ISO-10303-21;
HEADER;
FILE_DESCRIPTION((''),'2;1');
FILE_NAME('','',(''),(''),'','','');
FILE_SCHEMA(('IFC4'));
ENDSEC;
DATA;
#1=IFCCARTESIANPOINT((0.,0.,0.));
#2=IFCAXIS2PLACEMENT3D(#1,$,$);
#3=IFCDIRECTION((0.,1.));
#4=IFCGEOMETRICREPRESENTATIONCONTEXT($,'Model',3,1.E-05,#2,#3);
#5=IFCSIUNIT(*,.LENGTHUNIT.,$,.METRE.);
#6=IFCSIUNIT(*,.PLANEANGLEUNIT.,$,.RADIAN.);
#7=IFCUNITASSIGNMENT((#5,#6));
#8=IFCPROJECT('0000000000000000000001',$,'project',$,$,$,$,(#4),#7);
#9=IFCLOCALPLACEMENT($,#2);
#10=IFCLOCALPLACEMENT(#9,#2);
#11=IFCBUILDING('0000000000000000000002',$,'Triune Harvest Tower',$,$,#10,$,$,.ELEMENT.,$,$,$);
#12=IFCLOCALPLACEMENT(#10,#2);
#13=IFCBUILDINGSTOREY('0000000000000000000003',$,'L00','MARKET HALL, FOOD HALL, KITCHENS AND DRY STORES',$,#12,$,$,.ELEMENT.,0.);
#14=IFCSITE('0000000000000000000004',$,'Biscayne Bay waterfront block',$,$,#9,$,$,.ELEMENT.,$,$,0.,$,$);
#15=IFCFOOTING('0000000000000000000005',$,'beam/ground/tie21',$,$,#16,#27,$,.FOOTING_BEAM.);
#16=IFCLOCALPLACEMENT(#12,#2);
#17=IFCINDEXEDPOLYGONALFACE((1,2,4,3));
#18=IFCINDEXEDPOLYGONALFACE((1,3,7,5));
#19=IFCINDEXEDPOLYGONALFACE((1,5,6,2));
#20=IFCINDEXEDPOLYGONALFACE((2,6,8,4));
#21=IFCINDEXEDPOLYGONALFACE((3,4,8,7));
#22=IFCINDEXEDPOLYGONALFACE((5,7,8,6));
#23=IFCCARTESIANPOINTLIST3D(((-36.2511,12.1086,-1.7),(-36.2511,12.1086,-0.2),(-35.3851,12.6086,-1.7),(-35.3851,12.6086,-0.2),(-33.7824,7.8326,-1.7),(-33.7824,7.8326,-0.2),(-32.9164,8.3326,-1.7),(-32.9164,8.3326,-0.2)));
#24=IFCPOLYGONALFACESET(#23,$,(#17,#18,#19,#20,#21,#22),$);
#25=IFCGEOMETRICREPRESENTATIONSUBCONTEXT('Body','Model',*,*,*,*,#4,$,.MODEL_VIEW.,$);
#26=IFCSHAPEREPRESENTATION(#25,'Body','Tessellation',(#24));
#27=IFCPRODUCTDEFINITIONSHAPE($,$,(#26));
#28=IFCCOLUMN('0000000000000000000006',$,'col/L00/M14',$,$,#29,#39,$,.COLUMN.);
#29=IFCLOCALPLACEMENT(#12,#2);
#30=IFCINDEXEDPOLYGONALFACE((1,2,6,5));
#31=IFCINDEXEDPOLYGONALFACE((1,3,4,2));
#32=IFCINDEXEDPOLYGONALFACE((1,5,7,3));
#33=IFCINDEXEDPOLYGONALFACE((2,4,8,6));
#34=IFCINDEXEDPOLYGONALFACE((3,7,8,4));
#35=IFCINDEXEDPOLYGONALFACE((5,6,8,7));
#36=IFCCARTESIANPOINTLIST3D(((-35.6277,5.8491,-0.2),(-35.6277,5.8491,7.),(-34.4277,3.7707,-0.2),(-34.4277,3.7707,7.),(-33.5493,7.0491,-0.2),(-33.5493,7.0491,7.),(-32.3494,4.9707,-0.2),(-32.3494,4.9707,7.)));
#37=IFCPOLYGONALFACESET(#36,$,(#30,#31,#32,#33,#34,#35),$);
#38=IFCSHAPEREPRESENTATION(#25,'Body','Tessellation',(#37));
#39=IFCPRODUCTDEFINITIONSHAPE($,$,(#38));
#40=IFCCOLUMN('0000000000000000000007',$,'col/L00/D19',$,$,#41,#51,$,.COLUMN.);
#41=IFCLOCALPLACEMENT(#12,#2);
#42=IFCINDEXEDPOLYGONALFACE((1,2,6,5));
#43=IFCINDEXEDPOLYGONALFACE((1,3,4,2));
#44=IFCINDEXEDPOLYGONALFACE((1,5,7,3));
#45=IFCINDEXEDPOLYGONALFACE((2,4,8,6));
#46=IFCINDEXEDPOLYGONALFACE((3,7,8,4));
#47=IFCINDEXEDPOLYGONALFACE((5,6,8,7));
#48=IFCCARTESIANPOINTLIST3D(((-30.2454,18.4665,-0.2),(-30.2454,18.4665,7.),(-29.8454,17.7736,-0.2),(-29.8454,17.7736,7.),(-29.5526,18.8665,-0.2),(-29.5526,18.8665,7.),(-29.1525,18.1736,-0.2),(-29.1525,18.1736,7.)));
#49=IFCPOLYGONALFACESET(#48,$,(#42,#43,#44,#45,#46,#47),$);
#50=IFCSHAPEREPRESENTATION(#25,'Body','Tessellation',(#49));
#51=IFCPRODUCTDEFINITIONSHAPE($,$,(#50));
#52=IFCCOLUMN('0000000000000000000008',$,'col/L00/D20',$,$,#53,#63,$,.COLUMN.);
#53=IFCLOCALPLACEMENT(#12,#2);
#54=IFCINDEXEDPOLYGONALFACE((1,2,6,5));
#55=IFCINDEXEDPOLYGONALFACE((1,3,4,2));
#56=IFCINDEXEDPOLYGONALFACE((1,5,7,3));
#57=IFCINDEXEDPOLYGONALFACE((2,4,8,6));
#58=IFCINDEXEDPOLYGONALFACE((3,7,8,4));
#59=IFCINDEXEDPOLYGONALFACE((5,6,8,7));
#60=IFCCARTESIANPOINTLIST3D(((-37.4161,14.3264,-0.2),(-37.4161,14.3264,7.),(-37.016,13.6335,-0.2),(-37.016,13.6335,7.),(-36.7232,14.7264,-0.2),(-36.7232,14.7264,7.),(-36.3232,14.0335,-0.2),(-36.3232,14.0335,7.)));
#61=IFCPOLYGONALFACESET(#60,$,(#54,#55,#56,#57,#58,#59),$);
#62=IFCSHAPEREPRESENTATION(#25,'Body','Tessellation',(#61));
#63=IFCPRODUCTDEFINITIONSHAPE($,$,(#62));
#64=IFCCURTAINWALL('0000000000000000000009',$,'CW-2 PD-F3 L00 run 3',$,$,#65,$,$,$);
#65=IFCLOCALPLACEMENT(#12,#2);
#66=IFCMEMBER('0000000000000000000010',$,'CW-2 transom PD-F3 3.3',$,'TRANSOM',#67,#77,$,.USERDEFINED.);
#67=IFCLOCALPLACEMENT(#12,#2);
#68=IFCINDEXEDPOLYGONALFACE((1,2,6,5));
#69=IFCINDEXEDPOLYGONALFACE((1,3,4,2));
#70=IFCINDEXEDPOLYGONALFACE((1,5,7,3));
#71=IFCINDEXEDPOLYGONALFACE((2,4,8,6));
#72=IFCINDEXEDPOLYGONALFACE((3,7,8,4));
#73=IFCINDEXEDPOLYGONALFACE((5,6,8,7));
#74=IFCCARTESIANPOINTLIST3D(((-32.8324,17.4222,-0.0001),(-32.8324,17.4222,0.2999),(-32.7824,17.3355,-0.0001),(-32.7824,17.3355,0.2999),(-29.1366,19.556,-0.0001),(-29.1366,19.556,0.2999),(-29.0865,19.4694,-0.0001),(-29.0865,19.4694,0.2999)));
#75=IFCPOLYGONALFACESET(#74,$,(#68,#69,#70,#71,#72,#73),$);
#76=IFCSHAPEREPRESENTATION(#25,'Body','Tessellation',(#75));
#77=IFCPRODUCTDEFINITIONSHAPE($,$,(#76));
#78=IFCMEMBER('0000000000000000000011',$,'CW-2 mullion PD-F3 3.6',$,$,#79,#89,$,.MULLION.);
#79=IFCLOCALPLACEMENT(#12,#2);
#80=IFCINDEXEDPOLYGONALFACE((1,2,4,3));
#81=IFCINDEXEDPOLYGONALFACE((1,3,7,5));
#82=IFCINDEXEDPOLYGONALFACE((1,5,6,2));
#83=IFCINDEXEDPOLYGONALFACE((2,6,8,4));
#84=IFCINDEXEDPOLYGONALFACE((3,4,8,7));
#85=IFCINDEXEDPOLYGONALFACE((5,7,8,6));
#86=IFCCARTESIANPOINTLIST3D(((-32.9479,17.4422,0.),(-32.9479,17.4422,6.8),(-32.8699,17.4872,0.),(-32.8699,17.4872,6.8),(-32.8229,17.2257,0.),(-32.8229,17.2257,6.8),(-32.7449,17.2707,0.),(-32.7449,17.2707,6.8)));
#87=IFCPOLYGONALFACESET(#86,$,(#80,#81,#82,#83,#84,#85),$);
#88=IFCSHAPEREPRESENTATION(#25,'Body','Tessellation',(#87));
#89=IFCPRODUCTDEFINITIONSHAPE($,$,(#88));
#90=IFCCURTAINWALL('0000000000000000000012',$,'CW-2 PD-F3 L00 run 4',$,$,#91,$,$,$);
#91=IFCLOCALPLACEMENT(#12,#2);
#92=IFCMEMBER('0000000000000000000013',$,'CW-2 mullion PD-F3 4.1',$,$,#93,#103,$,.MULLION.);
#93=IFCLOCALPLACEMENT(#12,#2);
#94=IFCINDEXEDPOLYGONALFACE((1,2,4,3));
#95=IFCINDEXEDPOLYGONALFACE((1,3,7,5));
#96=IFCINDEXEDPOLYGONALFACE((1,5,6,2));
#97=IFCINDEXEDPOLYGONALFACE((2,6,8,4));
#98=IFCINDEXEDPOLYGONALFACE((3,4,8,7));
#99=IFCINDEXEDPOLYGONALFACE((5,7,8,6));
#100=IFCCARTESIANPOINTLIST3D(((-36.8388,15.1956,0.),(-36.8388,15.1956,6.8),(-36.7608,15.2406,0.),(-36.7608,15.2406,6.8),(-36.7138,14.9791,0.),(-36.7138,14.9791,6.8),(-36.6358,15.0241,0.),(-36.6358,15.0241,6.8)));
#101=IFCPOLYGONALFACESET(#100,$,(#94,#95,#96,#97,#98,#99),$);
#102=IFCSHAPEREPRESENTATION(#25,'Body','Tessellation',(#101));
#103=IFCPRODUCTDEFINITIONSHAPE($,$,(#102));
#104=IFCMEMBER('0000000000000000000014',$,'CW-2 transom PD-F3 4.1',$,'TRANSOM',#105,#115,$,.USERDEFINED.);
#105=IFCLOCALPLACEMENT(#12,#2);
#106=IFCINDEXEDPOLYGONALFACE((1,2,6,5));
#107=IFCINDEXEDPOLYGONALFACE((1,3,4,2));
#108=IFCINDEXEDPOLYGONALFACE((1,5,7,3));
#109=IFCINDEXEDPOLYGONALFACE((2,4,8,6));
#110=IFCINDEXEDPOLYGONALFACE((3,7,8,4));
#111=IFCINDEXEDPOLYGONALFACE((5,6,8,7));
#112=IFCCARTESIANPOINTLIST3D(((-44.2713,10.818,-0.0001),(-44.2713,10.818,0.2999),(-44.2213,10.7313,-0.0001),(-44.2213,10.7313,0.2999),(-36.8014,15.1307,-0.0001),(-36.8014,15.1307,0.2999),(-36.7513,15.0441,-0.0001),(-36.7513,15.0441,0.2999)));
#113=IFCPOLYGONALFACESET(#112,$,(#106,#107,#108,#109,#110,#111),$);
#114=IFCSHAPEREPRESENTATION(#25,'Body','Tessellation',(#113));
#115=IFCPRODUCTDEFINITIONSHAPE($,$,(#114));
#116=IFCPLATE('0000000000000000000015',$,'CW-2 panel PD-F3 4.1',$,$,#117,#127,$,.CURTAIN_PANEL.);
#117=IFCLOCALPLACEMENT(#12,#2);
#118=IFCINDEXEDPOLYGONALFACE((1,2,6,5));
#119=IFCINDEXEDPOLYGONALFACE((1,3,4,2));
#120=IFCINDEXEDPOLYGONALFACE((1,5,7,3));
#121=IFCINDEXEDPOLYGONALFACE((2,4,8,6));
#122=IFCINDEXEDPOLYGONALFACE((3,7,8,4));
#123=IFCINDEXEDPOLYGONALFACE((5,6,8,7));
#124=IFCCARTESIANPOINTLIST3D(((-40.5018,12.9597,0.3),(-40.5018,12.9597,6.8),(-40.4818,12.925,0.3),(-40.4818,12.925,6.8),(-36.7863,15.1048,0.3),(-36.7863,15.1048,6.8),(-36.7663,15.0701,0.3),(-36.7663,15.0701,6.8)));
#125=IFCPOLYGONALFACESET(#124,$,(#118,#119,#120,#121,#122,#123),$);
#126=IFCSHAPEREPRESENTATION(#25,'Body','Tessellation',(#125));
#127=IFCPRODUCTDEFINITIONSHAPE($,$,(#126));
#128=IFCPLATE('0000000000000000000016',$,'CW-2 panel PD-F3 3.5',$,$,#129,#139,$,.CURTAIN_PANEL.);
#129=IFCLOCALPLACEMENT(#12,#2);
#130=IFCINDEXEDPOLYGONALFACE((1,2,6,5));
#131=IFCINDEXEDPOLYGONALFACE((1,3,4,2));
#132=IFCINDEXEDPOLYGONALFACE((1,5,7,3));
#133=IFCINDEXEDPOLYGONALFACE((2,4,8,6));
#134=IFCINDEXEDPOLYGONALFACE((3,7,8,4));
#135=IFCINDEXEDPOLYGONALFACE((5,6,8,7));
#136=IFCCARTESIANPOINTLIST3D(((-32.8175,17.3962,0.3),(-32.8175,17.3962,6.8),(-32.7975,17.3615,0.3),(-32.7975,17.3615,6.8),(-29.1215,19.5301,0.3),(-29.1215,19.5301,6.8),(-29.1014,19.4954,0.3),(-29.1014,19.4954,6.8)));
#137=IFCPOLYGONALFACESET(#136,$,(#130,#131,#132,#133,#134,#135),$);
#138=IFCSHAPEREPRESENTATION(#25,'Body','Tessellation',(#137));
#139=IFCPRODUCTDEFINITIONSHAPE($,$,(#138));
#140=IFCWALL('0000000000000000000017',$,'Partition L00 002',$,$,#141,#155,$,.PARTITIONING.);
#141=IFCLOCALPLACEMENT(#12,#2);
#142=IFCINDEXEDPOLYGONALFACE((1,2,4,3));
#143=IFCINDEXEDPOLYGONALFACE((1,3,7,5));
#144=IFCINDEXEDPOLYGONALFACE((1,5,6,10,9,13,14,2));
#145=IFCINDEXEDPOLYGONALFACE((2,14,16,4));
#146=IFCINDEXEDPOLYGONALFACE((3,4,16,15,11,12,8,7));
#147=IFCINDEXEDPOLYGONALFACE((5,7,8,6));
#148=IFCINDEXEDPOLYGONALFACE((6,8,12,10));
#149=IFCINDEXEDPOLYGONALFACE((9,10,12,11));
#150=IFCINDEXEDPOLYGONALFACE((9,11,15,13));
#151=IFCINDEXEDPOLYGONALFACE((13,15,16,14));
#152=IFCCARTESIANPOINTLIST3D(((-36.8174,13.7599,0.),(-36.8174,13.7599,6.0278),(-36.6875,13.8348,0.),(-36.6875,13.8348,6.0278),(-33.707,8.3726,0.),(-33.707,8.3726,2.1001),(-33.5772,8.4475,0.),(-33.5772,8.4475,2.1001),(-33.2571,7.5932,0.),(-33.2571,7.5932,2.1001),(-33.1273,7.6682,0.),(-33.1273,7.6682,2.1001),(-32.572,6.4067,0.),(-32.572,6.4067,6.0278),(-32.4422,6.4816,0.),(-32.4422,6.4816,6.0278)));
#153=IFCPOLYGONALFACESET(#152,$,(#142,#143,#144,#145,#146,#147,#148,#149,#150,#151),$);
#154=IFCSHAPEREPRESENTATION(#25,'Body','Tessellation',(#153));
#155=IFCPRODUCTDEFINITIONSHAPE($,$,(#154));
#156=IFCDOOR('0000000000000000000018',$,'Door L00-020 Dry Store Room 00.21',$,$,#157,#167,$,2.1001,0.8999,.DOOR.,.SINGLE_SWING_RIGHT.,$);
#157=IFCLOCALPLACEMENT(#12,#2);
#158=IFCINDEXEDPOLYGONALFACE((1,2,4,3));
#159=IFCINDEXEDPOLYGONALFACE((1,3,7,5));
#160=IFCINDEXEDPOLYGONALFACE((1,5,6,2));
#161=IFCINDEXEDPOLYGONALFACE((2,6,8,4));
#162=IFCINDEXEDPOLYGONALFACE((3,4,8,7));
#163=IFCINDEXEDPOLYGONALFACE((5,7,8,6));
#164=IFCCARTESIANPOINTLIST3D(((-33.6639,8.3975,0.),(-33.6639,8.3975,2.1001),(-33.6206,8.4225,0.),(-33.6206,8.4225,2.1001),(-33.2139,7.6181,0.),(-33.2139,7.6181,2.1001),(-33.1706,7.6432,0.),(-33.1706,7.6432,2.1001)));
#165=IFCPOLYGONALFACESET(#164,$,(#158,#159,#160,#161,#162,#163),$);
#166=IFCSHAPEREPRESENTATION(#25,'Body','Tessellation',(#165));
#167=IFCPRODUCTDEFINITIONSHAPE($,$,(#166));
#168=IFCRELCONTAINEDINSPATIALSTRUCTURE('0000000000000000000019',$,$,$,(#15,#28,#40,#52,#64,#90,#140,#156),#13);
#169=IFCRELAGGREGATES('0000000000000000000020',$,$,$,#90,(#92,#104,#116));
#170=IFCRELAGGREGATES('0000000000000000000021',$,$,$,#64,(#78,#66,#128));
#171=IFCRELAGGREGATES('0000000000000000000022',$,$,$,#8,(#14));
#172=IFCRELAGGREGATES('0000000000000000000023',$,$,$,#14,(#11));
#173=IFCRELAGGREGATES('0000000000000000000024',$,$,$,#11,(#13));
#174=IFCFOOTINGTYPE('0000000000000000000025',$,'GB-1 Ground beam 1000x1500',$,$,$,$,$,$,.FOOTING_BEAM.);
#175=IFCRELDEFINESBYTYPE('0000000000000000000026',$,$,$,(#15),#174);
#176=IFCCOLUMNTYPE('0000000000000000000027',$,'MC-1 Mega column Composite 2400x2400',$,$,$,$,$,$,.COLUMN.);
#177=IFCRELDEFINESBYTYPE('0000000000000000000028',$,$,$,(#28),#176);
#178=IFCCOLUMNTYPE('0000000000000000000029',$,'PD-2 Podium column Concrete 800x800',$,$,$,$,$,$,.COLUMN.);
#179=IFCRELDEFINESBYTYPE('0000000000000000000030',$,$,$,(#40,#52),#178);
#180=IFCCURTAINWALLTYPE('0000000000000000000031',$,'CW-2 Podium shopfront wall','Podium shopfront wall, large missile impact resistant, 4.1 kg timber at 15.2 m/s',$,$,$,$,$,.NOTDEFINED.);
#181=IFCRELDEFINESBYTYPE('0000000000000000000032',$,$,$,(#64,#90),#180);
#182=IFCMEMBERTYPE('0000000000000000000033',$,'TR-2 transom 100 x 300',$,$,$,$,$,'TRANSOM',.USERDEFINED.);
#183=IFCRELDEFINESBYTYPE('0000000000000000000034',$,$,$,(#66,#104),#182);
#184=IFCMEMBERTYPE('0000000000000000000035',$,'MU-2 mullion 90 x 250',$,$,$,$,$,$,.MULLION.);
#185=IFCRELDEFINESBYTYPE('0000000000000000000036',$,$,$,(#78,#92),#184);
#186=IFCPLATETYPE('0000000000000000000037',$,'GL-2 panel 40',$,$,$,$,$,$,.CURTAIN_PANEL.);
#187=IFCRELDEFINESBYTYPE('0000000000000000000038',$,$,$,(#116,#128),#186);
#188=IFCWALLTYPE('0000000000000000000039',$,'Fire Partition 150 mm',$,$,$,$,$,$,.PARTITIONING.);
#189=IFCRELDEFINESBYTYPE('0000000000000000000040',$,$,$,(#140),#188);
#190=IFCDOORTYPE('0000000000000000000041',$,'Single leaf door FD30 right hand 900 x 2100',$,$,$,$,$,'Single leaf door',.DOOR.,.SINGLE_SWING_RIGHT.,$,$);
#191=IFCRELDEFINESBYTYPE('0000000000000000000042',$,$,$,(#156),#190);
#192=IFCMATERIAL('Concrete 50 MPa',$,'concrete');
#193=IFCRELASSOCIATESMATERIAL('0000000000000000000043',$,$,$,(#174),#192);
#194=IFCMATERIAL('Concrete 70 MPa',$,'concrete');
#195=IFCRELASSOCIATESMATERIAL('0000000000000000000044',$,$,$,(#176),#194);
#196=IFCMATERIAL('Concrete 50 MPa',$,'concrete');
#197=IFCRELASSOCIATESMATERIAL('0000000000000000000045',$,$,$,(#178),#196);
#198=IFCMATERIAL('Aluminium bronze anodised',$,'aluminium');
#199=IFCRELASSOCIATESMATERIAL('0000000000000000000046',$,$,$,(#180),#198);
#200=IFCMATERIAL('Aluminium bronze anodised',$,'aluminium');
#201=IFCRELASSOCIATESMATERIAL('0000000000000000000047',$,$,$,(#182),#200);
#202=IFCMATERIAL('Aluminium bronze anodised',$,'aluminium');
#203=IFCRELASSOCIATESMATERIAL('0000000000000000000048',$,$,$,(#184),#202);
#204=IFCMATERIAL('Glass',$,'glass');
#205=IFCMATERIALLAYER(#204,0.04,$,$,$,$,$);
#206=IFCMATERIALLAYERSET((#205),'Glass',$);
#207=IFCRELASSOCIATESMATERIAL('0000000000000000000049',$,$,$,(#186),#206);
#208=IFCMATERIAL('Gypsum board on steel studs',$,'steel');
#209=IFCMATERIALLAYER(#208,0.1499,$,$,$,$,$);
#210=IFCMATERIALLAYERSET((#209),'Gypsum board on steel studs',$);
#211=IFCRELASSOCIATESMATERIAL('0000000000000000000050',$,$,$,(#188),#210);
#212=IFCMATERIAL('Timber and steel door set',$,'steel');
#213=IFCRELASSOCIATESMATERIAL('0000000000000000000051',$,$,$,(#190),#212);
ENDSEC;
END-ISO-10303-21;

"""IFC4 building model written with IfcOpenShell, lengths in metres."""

from ifc_helpers import new_model, si_unit, direction, frame, frame_2d, origin, origin_2d, place, context, subcontext, project, spatial, rectangle, extrude, source, transform, mapped, material, layer, layer_set, material_profile, profile_set, type_object, element, fill, aggregate, save


model = new_model("IFC4")

# Units and contexts
model_context = context("Model", 3, precision=1e-05, world=origin(), true_north=direction((0.0, 1.0)))
body_context = subcontext(model_context, "Body", "Model", "MODEL_VIEW")
ifc_project = project(units=[si_unit("LENGTHUNIT", "METRE"), si_unit("PLANEANGLEUNIT", "RADIAN")], contexts=[model_context])

# Site, building, storey
site_placement = place(None, origin())
site = spatial("IfcSite", under=ifc_project, at=site_placement, Name="Biscayne Bay waterfront block", CompositionType="ELEMENT", RefElevation=0.0)
building_placement = place(site_placement, origin())
building = spatial("IfcBuilding", under=site, at=building_placement, Name="Triune Harvest Tower", CompositionType="ELEMENT")
storey_placement = place(building_placement, origin())
storey = spatial("IfcBuildingStorey", under=building, at=storey_placement, Name="L00", Description="MARKET HALL, FOOD HALL, KITCHENS AND DRY STORES", CompositionType="ELEMENT", Elevation=0.0)

# Footing
ifc_material_1 = material(Name="Concrete 50 MPa", Category="concrete")
ifc_material_profile_1 = material_profile(ifc_material_1, rectangle(XDim=1.0, YDim=1.5, at=origin_2d()), Name="Concrete 1000x1500")
ifc_profile_set_1 = profile_set([ifc_material_profile_1], Name="Concrete 50 MPa")
footing_type_1 = type_object("IfcFootingType", Name="GB-1 Ground beam 1000x1500", PredefinedType="FOOTING_BEAM", material=ifc_profile_set_1)
shared_shape_1 = source(origin(), body_context, "Body", "SweptSolid", [
    extrude(rectangle(XDim=1.0, YDim=1.5, at=origin_2d()), origin(), (0.0, 0.0, 1.0), 4.9375),
])
footing_1_placement = place(storey_placement, frame((-35.8181, 12.3586, -0.95), z_axis=(0.499989, -0.866032, 0.0), x_axis=(0.866032, 0.499989, 0.0)))
element("IfcFooting", 1, at=footing_1_placement, inside=storey, type_object=footing_type_1, Name="beam/ground/tie21", PredefinedType="FOOTING_BEAM", context=body_context, shape_type="MappedRepresentation", body=[
    mapped(shared_shape_1, transform((0.0, 0.0, 0.0), scale=1.0)),
])

# Columns
ifc_material_2 = material(Name="Concrete 70 MPa", Category="concrete")
ifc_material_profile_2 = material_profile(ifc_material_2, rectangle(XDim=2.3999, YDim=2.3999, at=origin_2d()), Name="Composite 2400x2400")
ifc_profile_set_2 = profile_set([ifc_material_profile_2], Name="Concrete 70 MPa")
column_type_1 = type_object("IfcColumnType", Name="MC-1 Mega column Composite 2400x2400", PredefinedType="COLUMN", material=ifc_profile_set_2)
shared_shape_2 = source(origin(), body_context, "Body", "SweptSolid", [
    extrude(rectangle(XDim=2.3999, YDim=2.3999, at=origin_2d()), origin(), (0.0, 0.0, 1.0), 7.2),
])
column_placement = place(storey_placement, frame((-33.9885, 5.4099, -0.2), z_axis=(0.0, 0.0, 1.0), x_axis=(-0.866025, -0.5, 0.0)))
element("IfcColumn", 2, at=column_placement, inside=storey, type_object=column_type_1, Name="col/L00/M14", PredefinedType="COLUMN", context=body_context, shape_type="MappedRepresentation", body=[
    mapped(shared_shape_2, transform((0.0, 0.0, 0.0), scale=1.0)),
])
ifc_material_3 = material(Name="Concrete 50 MPa", Category="concrete")
ifc_material_profile_3 = material_profile(ifc_material_3, rectangle(XDim=0.8, YDim=0.8, at=origin_2d()), Name="Concrete 800x800")
ifc_profile_set_3 = profile_set([ifc_material_profile_3], Name="Concrete 50 MPa")
column_type_2 = type_object("IfcColumnType", Name="PD-2 Podium column Concrete 800x800", PredefinedType="COLUMN", material=ifc_profile_set_3)
shared_shape_3 = source(origin(), body_context, "Body", "SweptSolid", [
    extrude(rectangle(XDim=0.8, YDim=0.8, at=origin_2d()), origin(), (0.0, 0.0, 1.0), 7.2),
])
for number, where, z_axis, x_axis, name in (
    (3, (-29.699, 18.3201, -0.2), (0.0, 0.0, 1.0), (-0.866025, -0.5, 0.0), "col/L00/D19"),
    (4, (-36.8696, 14.1799, -0.2), (0.0, 0.0, 1.0), (-0.866025, -0.5, 0.0), "col/L00/D20"),
):
    element("IfcColumn", number, at=place(storey_placement, frame(where, z_axis=z_axis, x_axis=x_axis)), inside=storey, type_object=column_type_2, Name=name, PredefinedType="COLUMN", context=body_context, shape_type="MappedRepresentation", body=[
        mapped(shared_shape_3, transform((0.0, 0.0, 0.0), scale=1.0)),
    ])

# Curtain wall, members
ifc_material_4 = material(Name="Aluminium bronze anodised", Category="aluminium")
curtain_wall_type = type_object("IfcCurtainWallType", Name="CW-2 Podium shopfront wall", Description="Podium shopfront wall, large missile impact resistant, 4.1 kg timber at 15.2 m/s", PredefinedType="NOTDEFINED", material=ifc_material_4)
curtain_wall_1_placement = place(storey_placement, origin())
curtain_wall_1 = element("IfcCurtainWall", 5, at=curtain_wall_1_placement, inside=storey, type_object=curtain_wall_type, Name="CW-2 PD-F3 L00 run 3")
ifc_material_5 = material(Name="Aluminium bronze anodised", Category="aluminium")
ifc_material_profile_4 = material_profile(ifc_material_5, rectangle(XDim=0.1001, YDim=0.3, at=origin_2d()), Name="TR-2 transom 100 x 300")
ifc_profile_set_4 = profile_set([ifc_material_profile_4], Name="Aluminium bronze anodised")
member_type_1 = type_object("IfcMemberType", Name="TR-2 transom 100 x 300", ElementType="TRANSOM", PredefinedType="USERDEFINED", material=ifc_profile_set_4)
member_1_placement = place(storey_placement, frame((-29.1116, 19.5127, 0.1499), z_axis=(-0.866024, -0.500003, 0.0), x_axis=(0.500003, -0.866024, 0.0)))
member_1 = element("IfcMember", 6, at=member_1_placement, type_object=member_type_1, Name="CW-2 transom PD-F3 3.3", ObjectType="TRANSOM", PredefinedType="USERDEFINED", context=body_context, shape_type="SweptSolid", body=[
    extrude(rectangle(XDim=0.1001, YDim=0.3, at=origin_2d()), origin(), (0.0, 0.0, 1.0), 4.2676),
])
ifc_material_6 = material(Name="Aluminium bronze anodised", Category="aluminium")
ifc_material_profile_5 = material_profile(ifc_material_6, rectangle(XDim=0.25, YDim=0.0901, at=origin_2d()), Name="MU-2 mullion 90 x 250")
ifc_profile_set_5 = profile_set([ifc_material_profile_5], Name="Aluminium bronze anodised")
member_type_2 = type_object("IfcMemberType", Name="MU-2 mullion 90 x 250", PredefinedType="MULLION", material=ifc_profile_set_5)
shared_shape_4 = source(origin(), body_context, "Body", "SweptSolid", [
    extrude(rectangle(XDim=0.25, YDim=0.0901, at=origin_2d()), origin(), (0.0, 0.0, 1.0), 6.8),
])
member_2_placement = place(storey_placement, frame((-32.8464, 17.3564, 0.0), z_axis=(0.0, 0.0, 1.0), x_axis=(0.5, -0.866025, 0.0)))
member_2 = element("IfcMember", 7, at=member_2_placement, type_object=member_type_2, Name="CW-2 mullion PD-F3 3.6", PredefinedType="MULLION", context=body_context, shape_type="MappedRepresentation", body=[
    mapped(shared_shape_4, transform((0.0, 0.0, 0.0), scale=1.0)),
])

# Curtain wall, members, plate
curtain_wall_2_placement = place(storey_placement, origin())
curtain_wall_2 = element("IfcCurtainWall", 8, at=curtain_wall_2_placement, inside=storey, type_object=curtain_wall_type, Name="CW-2 PD-F3 L00 run 4")
member_3_placement = place(storey_placement, frame((-36.7373, 15.1099, 0.0), z_axis=(0.0, 0.0, 1.0), x_axis=(0.5, -0.866025, 0.0)))
member_3 = element("IfcMember", 9, at=member_3_placement, type_object=member_type_2, Name="CW-2 mullion PD-F3 4.1", PredefinedType="MULLION", context=body_context, shape_type="MappedRepresentation", body=[
    mapped(shared_shape_4, transform((0.0, 0.0, 0.0), scale=1.0)),
])
shared_shape_5 = source(origin(), body_context, "Body", "SweptSolid", [
    extrude(rectangle(XDim=0.1001, YDim=0.3, at=origin_2d()), origin(), (0.0, 0.0, 1.0), 8.6255),
])
member_4_placement = place(storey_placement, frame((-36.7764, 15.0874, 0.1499), z_axis=(-0.866028, -0.499996, 0.0), x_axis=(0.499996, -0.866028, 0.0)))
member_4 = element("IfcMember", 10, at=member_4_placement, type_object=member_type_1, Name="CW-2 transom PD-F3 4.1", ObjectType="TRANSOM", PredefinedType="USERDEFINED", context=body_context, shape_type="MappedRepresentation", body=[
    mapped(shared_shape_5, transform((0.0, 0.0, 0.0), scale=1.0)),
])
ifc_material_7 = material(Name="Glass", Category="glass")
ifc_layer_1 = layer(ifc_material_7, 0.04)
ifc_layer_set_1 = layer_set([ifc_layer_1], Name="Glass")
plate_type = type_object("IfcPlateType", Name="GL-2 panel 40", PredefinedType="CURTAIN_PANEL", material=ifc_layer_set_1)
shared_shape_6 = source(origin(), body_context, "Body", "SweptSolid", [
    extrude(rectangle(XDim=4.2903, YDim=0.04, at=origin_2d()), origin(), (0.0, 0.0, 1.0), 6.5),
])
plate_1_placement = place(storey_placement, frame((-38.634, 14.0149, 0.3), z_axis=(0.0, 0.0, 1.0), x_axis=(-0.866025, -0.5, 0.0)))
plate_1 = element("IfcPlate", 11, at=plate_1_placement, type_object=plate_type, Name="CW-2 panel PD-F3 4.1", PredefinedType="CURTAIN_PANEL", context=body_context, shape_type="MappedRepresentation", body=[
    mapped(shared_shape_6, transform((0.0, 0.0, 0.0), scale=1.0)),
])
aggregate(curtain_wall_2, [member_3, member_4, plate_1])

# Plate
shared_shape_7 = source(origin(), body_context, "Body", "SweptSolid", [
    extrude(rectangle(XDim=4.2678, YDim=0.04, at=origin_2d()), origin(), (0.0, 0.0, 1.0), 6.5),
])
plate_2_placement = place(storey_placement, frame((-30.9595, 18.4458, 0.3), z_axis=(0.0, 0.0, 1.0), x_axis=(-0.866025, -0.5, 0.0)))
plate_2 = element("IfcPlate", 12, at=plate_2_placement, type_object=plate_type, Name="CW-2 panel PD-F3 3.5", PredefinedType="CURTAIN_PANEL", context=body_context, shape_type="MappedRepresentation", body=[
    mapped(shared_shape_7, transform((0.0, 0.0, 0.0), scale=1.0)),
])
aggregate(curtain_wall_1, [member_2, member_1, plate_2])

# Wall, opening, door
ifc_material_8 = material(Name="Gypsum board on steel studs", Category="steel")
ifc_layer_2 = layer(ifc_material_8, 0.1499)
ifc_layer_set_2 = layer_set([ifc_layer_2], Name="Gypsum board on steel studs")
wall_type_1 = type_object("IfcWallType", Name="Fire Partition 150 mm", PredefinedType="PARTITIONING", material=ifc_layer_set_2)
wall_1_placement = place(storey_placement, frame((-36.7524, 13.7974, 0.0), z_axis=(0.0, 0.0, 1.0), x_axis=(0.499995, -0.866028, 0.0)))
wall_1 = element("IfcWall", 13, at=wall_1_placement, inside=storey, type_object=wall_type_1, Name="Partition L00 002", PredefinedType="PARTITIONING", context=body_context, shape_type="SweptSolid", body=[
    extrude(rectangle(XDim=8.4907, YDim=0.1499, at=frame_2d((4.2454, 0.0))), origin(), (0.0, 0.0, 1.0), 6.0278),
])
opening_1_placement = place(wall_1_placement, frame((6.2207, 0.0, 0.0)))
opening_1 = element("IfcOpeningElement", 14, at=opening_1_placement, cuts=wall_1, PredefinedType="OPENING", context=body_context, shape_type="SweptSolid", body=[
    extrude(rectangle(XDim=0.8999, YDim=2.1001, at=frame_2d((0.45, 1.05))), frame((0.0, 0.085, 0.0), z_axis=(0.0, -1.0, 0.0), x_axis=(1.0, 0.0, 0.0)), (0.0, 0.0, 1.0), 0.1699),
])
ifc_material_9 = material(Name="Timber and steel door set", Category="steel")
door_type_1 = type_object("IfcDoorType", Name="Single leaf door FD30 right hand 900 x 2100", ElementType="Single leaf door", OperationType="SINGLE_SWING_RIGHT", PredefinedType="DOOR", material=ifc_material_9)
door_1_placement = place(opening_1_placement, origin())
door_1 = element("IfcDoor", 15, at=door_1_placement, inside=storey, type_object=door_type_1, Name="Door L00-020 Dry Store Room 00.21", OperationType="SINGLE_SWING_RIGHT", OverallHeight=2.1001, OverallWidth=0.8999, PredefinedType="DOOR", context=body_context, shape_type="SweptSolid", body=[
    extrude(rectangle(XDim=0.8999, YDim=2.1001, at=frame_2d((0.45, 1.05))), frame((0.0, 0.0249, 0.0), z_axis=(0.0, -1.0, 0.0), x_axis=(1.0, 0.0, 0.0)), (0.0, 0.0, 1.0), 0.05),
])
fill(opening_1, door_1)

save(model, "model.ifc")
